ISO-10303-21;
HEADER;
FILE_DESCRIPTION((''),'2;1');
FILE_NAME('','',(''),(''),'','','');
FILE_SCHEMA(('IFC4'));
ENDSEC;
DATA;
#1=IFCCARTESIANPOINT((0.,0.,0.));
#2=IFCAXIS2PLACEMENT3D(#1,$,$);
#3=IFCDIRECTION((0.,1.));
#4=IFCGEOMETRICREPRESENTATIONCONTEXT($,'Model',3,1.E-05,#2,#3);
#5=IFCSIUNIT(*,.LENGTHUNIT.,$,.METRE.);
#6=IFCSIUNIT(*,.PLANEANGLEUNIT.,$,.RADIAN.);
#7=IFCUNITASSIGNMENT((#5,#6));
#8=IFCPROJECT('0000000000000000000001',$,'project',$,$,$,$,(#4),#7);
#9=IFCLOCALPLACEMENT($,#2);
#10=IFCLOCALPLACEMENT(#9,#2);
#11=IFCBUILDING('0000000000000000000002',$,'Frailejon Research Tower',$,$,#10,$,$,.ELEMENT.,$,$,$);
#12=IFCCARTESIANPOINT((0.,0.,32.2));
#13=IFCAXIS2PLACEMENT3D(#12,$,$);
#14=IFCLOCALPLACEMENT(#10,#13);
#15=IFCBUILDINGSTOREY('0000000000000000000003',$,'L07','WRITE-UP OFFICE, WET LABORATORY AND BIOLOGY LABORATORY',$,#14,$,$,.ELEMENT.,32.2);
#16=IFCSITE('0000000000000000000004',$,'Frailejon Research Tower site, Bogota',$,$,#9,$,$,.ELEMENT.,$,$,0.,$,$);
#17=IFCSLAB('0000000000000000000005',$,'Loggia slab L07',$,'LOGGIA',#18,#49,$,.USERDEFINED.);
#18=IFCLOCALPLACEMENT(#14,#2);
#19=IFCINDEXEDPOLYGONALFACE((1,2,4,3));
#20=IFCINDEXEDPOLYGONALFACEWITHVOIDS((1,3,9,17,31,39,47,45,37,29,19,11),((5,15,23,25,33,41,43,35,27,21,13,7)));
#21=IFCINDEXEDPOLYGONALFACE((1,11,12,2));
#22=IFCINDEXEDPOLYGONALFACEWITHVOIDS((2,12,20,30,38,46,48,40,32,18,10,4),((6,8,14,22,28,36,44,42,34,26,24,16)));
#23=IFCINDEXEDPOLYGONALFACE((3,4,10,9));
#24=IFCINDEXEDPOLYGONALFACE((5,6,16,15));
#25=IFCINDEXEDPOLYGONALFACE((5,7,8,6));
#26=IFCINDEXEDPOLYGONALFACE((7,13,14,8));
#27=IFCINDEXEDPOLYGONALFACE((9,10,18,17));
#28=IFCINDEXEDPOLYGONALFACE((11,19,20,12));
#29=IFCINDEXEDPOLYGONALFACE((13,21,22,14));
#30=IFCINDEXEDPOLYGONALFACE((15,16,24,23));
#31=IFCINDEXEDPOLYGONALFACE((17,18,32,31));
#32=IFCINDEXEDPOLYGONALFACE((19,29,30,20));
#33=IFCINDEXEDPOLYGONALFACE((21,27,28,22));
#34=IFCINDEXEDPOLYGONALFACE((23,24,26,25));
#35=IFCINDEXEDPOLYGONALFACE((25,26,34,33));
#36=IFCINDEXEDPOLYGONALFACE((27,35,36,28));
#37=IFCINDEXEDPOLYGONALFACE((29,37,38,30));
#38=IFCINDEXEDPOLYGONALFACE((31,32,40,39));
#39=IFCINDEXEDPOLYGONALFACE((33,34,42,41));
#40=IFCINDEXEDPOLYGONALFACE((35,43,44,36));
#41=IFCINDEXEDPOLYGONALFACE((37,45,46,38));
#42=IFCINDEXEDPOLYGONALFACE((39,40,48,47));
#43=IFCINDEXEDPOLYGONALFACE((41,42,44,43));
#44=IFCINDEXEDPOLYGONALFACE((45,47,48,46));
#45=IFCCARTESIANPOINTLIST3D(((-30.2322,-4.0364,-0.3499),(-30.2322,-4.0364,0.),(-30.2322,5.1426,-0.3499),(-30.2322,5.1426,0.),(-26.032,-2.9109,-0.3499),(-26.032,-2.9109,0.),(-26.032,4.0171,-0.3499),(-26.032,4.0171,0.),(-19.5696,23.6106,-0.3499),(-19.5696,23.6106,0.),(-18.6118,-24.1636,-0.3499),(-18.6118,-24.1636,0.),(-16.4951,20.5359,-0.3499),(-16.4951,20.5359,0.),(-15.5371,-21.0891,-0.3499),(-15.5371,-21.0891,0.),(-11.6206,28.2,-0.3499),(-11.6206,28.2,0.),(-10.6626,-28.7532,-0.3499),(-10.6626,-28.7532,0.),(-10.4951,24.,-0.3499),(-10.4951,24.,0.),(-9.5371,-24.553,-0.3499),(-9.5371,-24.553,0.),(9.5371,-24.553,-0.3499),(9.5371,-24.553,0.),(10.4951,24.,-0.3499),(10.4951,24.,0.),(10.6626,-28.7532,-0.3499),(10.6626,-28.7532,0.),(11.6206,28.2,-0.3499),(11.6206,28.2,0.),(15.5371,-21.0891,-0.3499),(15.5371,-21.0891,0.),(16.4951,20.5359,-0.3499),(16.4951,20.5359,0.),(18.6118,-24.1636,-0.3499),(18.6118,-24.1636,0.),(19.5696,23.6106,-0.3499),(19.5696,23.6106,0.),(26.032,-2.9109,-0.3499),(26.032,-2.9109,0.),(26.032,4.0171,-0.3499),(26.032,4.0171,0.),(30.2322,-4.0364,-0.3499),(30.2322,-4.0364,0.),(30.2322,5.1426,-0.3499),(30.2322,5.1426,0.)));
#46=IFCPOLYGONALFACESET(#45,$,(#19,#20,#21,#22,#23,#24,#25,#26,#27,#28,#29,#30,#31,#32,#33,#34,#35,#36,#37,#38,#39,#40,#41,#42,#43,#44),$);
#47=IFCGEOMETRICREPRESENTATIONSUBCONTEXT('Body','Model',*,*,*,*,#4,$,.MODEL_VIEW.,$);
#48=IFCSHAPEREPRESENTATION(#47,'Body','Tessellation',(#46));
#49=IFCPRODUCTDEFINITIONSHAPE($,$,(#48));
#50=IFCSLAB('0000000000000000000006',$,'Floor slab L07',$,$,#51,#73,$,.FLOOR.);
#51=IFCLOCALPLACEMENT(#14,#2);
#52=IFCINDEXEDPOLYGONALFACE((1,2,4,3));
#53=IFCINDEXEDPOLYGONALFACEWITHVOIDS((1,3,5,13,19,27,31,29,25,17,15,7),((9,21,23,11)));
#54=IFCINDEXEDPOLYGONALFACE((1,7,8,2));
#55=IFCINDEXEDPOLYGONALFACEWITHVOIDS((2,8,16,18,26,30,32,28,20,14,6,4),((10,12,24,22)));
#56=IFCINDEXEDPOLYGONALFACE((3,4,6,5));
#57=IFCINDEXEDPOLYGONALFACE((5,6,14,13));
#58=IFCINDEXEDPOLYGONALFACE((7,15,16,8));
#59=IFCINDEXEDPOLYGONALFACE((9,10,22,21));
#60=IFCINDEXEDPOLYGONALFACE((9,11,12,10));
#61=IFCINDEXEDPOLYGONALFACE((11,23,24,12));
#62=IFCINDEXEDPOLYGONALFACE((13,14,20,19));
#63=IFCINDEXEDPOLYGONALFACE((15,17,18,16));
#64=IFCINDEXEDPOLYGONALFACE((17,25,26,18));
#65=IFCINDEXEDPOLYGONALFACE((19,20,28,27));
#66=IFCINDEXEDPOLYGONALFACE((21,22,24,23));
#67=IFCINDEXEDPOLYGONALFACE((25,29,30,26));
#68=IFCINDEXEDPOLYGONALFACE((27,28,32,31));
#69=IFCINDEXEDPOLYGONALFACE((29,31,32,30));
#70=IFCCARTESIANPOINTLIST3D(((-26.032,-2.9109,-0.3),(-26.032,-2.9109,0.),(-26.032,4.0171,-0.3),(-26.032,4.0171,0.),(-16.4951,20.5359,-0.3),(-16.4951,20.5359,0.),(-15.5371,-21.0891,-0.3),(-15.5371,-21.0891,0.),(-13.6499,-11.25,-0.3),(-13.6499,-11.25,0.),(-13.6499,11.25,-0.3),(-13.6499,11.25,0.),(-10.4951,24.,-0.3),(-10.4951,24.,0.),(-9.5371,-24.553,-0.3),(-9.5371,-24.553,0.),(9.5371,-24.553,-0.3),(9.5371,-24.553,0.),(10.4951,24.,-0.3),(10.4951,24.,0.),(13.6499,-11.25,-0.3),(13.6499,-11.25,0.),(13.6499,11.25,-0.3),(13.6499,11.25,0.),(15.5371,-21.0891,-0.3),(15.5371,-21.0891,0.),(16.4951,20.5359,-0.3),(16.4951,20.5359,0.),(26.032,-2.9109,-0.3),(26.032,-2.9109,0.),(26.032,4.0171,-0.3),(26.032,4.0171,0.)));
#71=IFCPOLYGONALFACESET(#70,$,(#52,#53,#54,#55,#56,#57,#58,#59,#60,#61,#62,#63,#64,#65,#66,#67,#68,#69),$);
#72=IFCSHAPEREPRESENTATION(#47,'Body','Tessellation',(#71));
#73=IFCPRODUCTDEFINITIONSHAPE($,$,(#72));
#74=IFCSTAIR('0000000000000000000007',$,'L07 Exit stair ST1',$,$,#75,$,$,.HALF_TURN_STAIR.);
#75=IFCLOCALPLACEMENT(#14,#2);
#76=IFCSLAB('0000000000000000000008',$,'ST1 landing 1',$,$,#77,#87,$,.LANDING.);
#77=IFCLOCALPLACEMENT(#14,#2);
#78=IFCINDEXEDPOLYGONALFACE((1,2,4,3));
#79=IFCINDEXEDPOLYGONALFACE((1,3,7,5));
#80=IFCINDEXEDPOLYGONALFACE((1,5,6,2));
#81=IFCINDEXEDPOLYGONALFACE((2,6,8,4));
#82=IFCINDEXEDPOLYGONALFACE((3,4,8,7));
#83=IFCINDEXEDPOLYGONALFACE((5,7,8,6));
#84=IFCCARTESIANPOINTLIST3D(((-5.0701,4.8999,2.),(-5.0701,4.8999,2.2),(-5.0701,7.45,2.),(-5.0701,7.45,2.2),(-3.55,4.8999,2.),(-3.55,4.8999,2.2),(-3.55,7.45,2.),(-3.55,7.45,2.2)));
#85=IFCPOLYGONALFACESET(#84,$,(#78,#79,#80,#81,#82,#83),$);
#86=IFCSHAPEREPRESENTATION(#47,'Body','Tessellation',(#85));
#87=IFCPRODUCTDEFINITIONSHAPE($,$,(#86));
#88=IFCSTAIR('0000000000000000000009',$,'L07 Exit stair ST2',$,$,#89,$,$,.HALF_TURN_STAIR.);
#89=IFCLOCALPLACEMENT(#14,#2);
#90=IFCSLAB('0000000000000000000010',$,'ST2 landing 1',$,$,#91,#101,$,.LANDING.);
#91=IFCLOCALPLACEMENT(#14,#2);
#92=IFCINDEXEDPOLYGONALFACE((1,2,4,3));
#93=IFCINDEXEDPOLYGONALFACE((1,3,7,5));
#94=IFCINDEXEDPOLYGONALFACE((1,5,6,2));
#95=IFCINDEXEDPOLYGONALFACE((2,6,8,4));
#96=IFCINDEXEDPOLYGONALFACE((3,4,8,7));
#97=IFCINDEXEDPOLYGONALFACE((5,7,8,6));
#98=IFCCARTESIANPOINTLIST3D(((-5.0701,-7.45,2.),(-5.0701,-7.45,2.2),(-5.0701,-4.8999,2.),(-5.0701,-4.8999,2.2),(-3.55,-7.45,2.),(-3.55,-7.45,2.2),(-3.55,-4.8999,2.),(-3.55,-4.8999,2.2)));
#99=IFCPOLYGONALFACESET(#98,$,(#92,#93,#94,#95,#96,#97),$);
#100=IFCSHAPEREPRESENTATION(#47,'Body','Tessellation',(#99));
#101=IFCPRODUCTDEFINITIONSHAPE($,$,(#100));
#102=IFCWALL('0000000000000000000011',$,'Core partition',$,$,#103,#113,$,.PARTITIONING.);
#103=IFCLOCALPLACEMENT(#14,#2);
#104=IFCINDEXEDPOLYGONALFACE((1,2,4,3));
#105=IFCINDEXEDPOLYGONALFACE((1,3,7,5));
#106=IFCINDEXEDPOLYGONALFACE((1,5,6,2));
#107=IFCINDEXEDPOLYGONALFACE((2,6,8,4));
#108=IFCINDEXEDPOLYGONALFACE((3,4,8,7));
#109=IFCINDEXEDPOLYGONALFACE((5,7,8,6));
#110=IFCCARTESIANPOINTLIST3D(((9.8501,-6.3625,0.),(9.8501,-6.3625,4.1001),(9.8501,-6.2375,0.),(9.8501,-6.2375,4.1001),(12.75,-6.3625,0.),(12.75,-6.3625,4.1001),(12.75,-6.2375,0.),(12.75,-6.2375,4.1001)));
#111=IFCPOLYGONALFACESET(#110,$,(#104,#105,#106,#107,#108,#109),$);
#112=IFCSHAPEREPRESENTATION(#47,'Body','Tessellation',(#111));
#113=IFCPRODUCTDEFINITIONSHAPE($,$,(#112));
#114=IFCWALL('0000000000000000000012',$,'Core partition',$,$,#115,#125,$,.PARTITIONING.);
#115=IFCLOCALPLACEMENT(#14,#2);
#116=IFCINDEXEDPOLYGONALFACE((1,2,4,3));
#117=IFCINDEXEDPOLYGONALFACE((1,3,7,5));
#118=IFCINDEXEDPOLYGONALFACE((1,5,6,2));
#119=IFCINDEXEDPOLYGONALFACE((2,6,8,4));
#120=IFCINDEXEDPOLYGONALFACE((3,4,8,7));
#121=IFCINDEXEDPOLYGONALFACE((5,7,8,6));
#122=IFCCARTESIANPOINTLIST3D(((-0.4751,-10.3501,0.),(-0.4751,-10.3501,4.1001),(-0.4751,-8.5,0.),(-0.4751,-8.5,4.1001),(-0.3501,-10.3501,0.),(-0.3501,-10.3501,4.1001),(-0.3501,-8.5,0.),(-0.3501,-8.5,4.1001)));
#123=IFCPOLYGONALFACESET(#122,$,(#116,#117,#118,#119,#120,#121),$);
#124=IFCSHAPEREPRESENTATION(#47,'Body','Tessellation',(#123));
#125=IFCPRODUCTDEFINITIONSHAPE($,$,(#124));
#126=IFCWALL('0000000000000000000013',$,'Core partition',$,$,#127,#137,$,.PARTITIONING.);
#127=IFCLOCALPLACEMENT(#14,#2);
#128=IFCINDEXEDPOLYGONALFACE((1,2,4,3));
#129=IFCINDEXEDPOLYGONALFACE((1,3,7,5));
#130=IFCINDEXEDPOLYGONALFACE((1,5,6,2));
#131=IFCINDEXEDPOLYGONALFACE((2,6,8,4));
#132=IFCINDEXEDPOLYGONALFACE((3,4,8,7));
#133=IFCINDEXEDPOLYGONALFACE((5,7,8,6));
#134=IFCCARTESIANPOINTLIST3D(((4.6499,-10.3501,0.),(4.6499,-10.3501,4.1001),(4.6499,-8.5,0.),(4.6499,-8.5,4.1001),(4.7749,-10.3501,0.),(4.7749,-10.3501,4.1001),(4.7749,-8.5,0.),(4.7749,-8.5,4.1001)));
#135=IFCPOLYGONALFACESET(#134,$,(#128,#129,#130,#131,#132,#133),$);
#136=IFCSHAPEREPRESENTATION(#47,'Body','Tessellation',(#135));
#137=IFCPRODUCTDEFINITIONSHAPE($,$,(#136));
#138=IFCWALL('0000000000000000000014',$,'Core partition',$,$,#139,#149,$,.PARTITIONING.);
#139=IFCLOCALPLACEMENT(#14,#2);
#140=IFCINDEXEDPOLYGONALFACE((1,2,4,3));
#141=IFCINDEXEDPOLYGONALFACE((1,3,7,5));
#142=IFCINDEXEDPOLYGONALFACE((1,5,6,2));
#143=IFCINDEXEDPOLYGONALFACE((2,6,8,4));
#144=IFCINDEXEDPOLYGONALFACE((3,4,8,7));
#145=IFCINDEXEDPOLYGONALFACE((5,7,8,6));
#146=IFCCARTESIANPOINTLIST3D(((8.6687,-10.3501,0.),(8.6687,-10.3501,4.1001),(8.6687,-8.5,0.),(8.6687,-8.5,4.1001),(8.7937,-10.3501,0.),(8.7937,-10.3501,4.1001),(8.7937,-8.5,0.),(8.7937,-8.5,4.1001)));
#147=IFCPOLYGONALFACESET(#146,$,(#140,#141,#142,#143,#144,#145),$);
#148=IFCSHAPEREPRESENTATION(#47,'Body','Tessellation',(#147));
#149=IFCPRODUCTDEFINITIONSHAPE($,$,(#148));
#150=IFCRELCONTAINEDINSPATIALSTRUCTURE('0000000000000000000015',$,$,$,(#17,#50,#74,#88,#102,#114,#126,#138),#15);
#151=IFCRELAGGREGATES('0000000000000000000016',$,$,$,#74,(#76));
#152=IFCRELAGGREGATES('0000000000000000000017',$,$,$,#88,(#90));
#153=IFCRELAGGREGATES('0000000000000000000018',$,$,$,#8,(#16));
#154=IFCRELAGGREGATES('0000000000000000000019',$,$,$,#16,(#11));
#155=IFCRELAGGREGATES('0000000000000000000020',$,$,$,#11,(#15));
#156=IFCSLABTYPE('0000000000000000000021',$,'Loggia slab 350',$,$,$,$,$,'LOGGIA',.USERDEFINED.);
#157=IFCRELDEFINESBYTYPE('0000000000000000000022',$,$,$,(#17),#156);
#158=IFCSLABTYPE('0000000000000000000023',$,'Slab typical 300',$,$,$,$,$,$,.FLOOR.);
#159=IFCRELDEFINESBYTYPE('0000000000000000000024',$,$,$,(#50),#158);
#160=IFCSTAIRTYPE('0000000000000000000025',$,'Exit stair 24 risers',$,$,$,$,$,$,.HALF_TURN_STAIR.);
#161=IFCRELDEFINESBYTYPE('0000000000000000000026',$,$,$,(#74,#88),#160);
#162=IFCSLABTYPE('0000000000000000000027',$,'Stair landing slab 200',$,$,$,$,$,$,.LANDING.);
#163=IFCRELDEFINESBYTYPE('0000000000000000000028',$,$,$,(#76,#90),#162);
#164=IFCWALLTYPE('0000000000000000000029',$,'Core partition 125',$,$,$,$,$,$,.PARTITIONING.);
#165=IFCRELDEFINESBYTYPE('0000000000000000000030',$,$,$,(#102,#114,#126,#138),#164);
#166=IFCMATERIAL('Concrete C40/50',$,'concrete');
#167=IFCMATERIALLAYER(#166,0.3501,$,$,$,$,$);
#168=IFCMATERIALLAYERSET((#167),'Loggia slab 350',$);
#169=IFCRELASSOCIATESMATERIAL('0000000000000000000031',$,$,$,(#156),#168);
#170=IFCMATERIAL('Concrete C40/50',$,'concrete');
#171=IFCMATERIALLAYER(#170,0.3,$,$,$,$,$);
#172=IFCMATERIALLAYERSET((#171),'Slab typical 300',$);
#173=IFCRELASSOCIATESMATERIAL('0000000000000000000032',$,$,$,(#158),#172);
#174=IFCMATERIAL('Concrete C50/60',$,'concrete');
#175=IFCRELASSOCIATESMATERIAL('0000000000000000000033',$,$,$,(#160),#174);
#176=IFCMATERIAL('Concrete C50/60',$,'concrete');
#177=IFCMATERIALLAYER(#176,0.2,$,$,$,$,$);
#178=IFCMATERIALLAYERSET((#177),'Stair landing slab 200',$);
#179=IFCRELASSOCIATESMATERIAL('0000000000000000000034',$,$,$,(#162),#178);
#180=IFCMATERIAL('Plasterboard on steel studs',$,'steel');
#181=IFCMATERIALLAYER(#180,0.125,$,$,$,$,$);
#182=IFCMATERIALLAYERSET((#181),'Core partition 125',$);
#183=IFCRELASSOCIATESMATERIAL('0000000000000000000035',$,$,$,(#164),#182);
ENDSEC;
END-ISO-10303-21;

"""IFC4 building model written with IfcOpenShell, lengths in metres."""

from ifc_helpers import new_model, si_unit, direction, frame, frame_2d, origin, place, context, subcontext, project, spatial, polyline, rectangle, outline, extrude, material, layer, layer_set, type_object, element, aggregate, save


model = new_model("IFC4")

# Units and contexts
model_context = context("Model", 3, precision=1e-05, world=origin(), true_north=direction((0.0, 1.0)))
body_context = subcontext(model_context, "Body", "Model", "MODEL_VIEW")
ifc_project = project(units=[si_unit("LENGTHUNIT", "METRE"), si_unit("PLANEANGLEUNIT", "RADIAN")], contexts=[model_context])

# Site, building, storey
site_placement = place(None, origin())
site = spatial("IfcSite", under=ifc_project, at=site_placement, Name="Frailejon Research Tower site, Bogota", CompositionType="ELEMENT", RefElevation=0.0)
building_placement = place(site_placement, origin())
building = spatial("IfcBuilding", under=site, at=building_placement, Name="Frailejon Research Tower", CompositionType="ELEMENT")
storey_placement = place(building_placement, frame((0.0, 0.0, 32.2)))
storey = spatial("IfcBuildingStorey", under=building, at=storey_placement, Name="L07", Description="WRITE-UP OFFICE, WET LABORATORY AND BIOLOGY LABORATORY", CompositionType="ELEMENT", Elevation=32.2)

# Slabs
ifc_material_1 = material(Name="Concrete C40/50", Category="concrete")
ifc_layer_1 = layer(ifc_material_1, 0.3501)
ifc_layer_set_1 = layer_set([ifc_layer_1], Name="Loggia slab 350")
slab_type_1 = type_object("IfcSlabType", Name="Loggia slab 350", ElementType="LOGGIA", PredefinedType="USERDEFINED", material=ifc_layer_set_1)
slab_1_placement = place(storey_placement, frame((0.0, 0.0, -0.3499)))
element("IfcSlab", 1, at=slab_1_placement, inside=storey, type_object=slab_type_1, Name="Loggia slab L07", ObjectType="LOGGIA", PredefinedType="USERDEFINED", context=body_context, shape_type="SweptSolid", body=[
    extrude(outline(polyline([(18.6118, -24.1636), (10.6626, -28.7532), (-10.6626, -28.7532), (-18.6118, -24.1636), (-30.2322, -4.0364), (-30.2322, 5.1426), (-19.5696, 23.6106), (-11.6206, 28.2), (11.6206, 28.2), (19.5696, 23.6106), (30.2322, 5.1426), (30.2322, -4.0364), (18.6118, -24.1636)]), holes=[polyline([(26.032, 4.0171), (16.4951, 20.5359), (10.4951, 24.0), (-10.4951, 24.0), (-16.4951, 20.5359), (-26.032, 4.0171), (-26.032, -2.9109), (-15.5371, -21.0891), (-9.5371, -24.553), (9.5371, -24.553), (15.5371, -21.0891), (26.032, -2.9109), (26.032, 4.0171)])]), origin(), (0.0, 0.0, 1.0), 0.3499),
])
ifc_material_2 = material(Name="Concrete C40/50", Category="concrete")
ifc_layer_2 = layer(ifc_material_2, 0.3)
ifc_layer_set_2 = layer_set([ifc_layer_2], Name="Slab typical 300")
slab_type_2 = type_object("IfcSlabType", Name="Slab typical 300", PredefinedType="FLOOR", material=ifc_layer_set_2)
slab_2_placement = place(storey_placement, frame((0.0, 0.0, -0.3)))
element("IfcSlab", 2, at=slab_2_placement, inside=storey, type_object=slab_type_2, Name="Floor slab L07", PredefinedType="FLOOR", context=body_context, shape_type="SweptSolid", body=[
    extrude(outline(polyline([(26.032, -2.9109), (26.032, 4.0171), (16.4951, 20.5359), (10.4951, 24.0), (-10.4951, 24.0), (-16.4951, 20.5359), (-26.032, 4.0171), (-26.032, -2.9109), (-15.5371, -21.0891), (-9.5371, -24.553), (9.5371, -24.553), (15.5371, -21.0891), (26.032, -2.9109)]), holes=[polyline([(13.6499, -11.25), (-13.6499, -11.25), (-13.6499, 11.25), (13.6499, 11.25), (13.6499, -11.25)])]), origin(), (0.0, 0.0, 1.0), 0.3),
])

# Stairs, slabs
ifc_material_3 = material(Name="Concrete C50/60", Category="concrete")
stair_type = type_object("IfcStairType", Name="Exit stair 24 risers", PredefinedType="HALF_TURN_STAIR", material=ifc_material_3)
stair_1_placement = place(storey_placement, origin())
stair_1 = element("IfcStair", 3, at=stair_1_placement, inside=storey, type_object=stair_type, Name="L07 Exit stair ST1", PredefinedType="HALF_TURN_STAIR")
ifc_material_4 = material(Name="Concrete C50/60", Category="concrete")
ifc_layer_3 = layer(ifc_material_4, 0.2)
ifc_layer_set_3 = layer_set([ifc_layer_3], Name="Stair landing slab 200")
slab_type_3 = type_object("IfcSlabType", Name="Stair landing slab 200", PredefinedType="LANDING", material=ifc_layer_set_3)
slab_3_placement = place(storey_placement, frame((0.0, 0.0, 2.0)))
slab_3 = element("IfcSlab", 4, at=slab_3_placement, type_object=slab_type_3, Name="ST1 landing 1", PredefinedType="LANDING", context=body_context, shape_type="SweptSolid", body=[
    extrude(outline(polyline([(-5.0701, 4.8999), (-3.55, 4.8999), (-3.55, 7.45), (-5.0701, 7.45), (-5.0701, 4.8999)])), origin(), (0.0, 0.0, 1.0), 0.2),
])
aggregate(stair_1, [slab_3])
stair_2_placement = place(storey_placement, origin())
stair_2 = element("IfcStair", 5, at=stair_2_placement, inside=storey, type_object=stair_type, Name="L07 Exit stair ST2", PredefinedType="HALF_TURN_STAIR")
slab_4_placement = place(storey_placement, frame((0.0, 0.0, 2.0)))
slab_4 = element("IfcSlab", 6, at=slab_4_placement, type_object=slab_type_3, Name="ST2 landing 1", PredefinedType="LANDING", context=body_context, shape_type="SweptSolid", body=[
    extrude(outline(polyline([(-5.0701, -7.45), (-3.55, -7.45), (-3.55, -4.8999), (-5.0701, -4.8999), (-5.0701, -7.45)])), origin(), (0.0, 0.0, 1.0), 0.2),
])
aggregate(stair_2, [slab_4])

# Walls
ifc_material_5 = material(Name="Plasterboard on steel studs", Category="steel")
ifc_layer_4 = layer(ifc_material_5, 0.125)
ifc_layer_set_4 = layer_set([ifc_layer_4], Name="Core partition 125")
wall_type_1 = type_object("IfcWallType", Name="Core partition 125", PredefinedType="PARTITIONING", material=ifc_layer_set_4)
wall_1_placement = place(storey_placement, frame((9.8501, -6.3, 0.0), z_axis=(0.0, 0.0, 1.0), x_axis=(1.0, 0.0, 0.0)))
element("IfcWall", 7, at=wall_1_placement, inside=storey, type_object=wall_type_1, Name="Core partition", PredefinedType="PARTITIONING", context=body_context, shape_type="SweptSolid", body=[
    extrude(rectangle(XDim=2.8999, YDim=0.125, at=frame_2d((1.45, 0.0))), origin(), (0.0, 0.0, 1.0), 4.1001),
])
for number, where, z_axis, x_axis, name in (
    (8, (-0.4126, -10.3501, 0.0), (0.0, 0.0, 1.0), (0.0, 1.0, 0.0), "Core partition"),
    (9, (4.7124, -10.3501, 0.0), (0.0, 0.0, 1.0), (0.0, 1.0, 0.0), "Core partition"),
    (10, (8.7312, -10.3501, 0.0), (0.0, 0.0, 1.0), (0.0, 1.0, 0.0), "Core partition"),
):
    element("IfcWall", number, at=place(storey_placement, frame(where, z_axis=z_axis, x_axis=x_axis)), inside=storey, type_object=wall_type_1, Name=name, PredefinedType="PARTITIONING", context=body_context, shape_type="SweptSolid", body=[
        extrude(rectangle(XDim=1.8501, YDim=0.125, at=frame_2d((0.925, 0.0))), origin(), (0.0, 0.0, 1.0), 4.1001),
    ])

save(model, "model.ifc")
